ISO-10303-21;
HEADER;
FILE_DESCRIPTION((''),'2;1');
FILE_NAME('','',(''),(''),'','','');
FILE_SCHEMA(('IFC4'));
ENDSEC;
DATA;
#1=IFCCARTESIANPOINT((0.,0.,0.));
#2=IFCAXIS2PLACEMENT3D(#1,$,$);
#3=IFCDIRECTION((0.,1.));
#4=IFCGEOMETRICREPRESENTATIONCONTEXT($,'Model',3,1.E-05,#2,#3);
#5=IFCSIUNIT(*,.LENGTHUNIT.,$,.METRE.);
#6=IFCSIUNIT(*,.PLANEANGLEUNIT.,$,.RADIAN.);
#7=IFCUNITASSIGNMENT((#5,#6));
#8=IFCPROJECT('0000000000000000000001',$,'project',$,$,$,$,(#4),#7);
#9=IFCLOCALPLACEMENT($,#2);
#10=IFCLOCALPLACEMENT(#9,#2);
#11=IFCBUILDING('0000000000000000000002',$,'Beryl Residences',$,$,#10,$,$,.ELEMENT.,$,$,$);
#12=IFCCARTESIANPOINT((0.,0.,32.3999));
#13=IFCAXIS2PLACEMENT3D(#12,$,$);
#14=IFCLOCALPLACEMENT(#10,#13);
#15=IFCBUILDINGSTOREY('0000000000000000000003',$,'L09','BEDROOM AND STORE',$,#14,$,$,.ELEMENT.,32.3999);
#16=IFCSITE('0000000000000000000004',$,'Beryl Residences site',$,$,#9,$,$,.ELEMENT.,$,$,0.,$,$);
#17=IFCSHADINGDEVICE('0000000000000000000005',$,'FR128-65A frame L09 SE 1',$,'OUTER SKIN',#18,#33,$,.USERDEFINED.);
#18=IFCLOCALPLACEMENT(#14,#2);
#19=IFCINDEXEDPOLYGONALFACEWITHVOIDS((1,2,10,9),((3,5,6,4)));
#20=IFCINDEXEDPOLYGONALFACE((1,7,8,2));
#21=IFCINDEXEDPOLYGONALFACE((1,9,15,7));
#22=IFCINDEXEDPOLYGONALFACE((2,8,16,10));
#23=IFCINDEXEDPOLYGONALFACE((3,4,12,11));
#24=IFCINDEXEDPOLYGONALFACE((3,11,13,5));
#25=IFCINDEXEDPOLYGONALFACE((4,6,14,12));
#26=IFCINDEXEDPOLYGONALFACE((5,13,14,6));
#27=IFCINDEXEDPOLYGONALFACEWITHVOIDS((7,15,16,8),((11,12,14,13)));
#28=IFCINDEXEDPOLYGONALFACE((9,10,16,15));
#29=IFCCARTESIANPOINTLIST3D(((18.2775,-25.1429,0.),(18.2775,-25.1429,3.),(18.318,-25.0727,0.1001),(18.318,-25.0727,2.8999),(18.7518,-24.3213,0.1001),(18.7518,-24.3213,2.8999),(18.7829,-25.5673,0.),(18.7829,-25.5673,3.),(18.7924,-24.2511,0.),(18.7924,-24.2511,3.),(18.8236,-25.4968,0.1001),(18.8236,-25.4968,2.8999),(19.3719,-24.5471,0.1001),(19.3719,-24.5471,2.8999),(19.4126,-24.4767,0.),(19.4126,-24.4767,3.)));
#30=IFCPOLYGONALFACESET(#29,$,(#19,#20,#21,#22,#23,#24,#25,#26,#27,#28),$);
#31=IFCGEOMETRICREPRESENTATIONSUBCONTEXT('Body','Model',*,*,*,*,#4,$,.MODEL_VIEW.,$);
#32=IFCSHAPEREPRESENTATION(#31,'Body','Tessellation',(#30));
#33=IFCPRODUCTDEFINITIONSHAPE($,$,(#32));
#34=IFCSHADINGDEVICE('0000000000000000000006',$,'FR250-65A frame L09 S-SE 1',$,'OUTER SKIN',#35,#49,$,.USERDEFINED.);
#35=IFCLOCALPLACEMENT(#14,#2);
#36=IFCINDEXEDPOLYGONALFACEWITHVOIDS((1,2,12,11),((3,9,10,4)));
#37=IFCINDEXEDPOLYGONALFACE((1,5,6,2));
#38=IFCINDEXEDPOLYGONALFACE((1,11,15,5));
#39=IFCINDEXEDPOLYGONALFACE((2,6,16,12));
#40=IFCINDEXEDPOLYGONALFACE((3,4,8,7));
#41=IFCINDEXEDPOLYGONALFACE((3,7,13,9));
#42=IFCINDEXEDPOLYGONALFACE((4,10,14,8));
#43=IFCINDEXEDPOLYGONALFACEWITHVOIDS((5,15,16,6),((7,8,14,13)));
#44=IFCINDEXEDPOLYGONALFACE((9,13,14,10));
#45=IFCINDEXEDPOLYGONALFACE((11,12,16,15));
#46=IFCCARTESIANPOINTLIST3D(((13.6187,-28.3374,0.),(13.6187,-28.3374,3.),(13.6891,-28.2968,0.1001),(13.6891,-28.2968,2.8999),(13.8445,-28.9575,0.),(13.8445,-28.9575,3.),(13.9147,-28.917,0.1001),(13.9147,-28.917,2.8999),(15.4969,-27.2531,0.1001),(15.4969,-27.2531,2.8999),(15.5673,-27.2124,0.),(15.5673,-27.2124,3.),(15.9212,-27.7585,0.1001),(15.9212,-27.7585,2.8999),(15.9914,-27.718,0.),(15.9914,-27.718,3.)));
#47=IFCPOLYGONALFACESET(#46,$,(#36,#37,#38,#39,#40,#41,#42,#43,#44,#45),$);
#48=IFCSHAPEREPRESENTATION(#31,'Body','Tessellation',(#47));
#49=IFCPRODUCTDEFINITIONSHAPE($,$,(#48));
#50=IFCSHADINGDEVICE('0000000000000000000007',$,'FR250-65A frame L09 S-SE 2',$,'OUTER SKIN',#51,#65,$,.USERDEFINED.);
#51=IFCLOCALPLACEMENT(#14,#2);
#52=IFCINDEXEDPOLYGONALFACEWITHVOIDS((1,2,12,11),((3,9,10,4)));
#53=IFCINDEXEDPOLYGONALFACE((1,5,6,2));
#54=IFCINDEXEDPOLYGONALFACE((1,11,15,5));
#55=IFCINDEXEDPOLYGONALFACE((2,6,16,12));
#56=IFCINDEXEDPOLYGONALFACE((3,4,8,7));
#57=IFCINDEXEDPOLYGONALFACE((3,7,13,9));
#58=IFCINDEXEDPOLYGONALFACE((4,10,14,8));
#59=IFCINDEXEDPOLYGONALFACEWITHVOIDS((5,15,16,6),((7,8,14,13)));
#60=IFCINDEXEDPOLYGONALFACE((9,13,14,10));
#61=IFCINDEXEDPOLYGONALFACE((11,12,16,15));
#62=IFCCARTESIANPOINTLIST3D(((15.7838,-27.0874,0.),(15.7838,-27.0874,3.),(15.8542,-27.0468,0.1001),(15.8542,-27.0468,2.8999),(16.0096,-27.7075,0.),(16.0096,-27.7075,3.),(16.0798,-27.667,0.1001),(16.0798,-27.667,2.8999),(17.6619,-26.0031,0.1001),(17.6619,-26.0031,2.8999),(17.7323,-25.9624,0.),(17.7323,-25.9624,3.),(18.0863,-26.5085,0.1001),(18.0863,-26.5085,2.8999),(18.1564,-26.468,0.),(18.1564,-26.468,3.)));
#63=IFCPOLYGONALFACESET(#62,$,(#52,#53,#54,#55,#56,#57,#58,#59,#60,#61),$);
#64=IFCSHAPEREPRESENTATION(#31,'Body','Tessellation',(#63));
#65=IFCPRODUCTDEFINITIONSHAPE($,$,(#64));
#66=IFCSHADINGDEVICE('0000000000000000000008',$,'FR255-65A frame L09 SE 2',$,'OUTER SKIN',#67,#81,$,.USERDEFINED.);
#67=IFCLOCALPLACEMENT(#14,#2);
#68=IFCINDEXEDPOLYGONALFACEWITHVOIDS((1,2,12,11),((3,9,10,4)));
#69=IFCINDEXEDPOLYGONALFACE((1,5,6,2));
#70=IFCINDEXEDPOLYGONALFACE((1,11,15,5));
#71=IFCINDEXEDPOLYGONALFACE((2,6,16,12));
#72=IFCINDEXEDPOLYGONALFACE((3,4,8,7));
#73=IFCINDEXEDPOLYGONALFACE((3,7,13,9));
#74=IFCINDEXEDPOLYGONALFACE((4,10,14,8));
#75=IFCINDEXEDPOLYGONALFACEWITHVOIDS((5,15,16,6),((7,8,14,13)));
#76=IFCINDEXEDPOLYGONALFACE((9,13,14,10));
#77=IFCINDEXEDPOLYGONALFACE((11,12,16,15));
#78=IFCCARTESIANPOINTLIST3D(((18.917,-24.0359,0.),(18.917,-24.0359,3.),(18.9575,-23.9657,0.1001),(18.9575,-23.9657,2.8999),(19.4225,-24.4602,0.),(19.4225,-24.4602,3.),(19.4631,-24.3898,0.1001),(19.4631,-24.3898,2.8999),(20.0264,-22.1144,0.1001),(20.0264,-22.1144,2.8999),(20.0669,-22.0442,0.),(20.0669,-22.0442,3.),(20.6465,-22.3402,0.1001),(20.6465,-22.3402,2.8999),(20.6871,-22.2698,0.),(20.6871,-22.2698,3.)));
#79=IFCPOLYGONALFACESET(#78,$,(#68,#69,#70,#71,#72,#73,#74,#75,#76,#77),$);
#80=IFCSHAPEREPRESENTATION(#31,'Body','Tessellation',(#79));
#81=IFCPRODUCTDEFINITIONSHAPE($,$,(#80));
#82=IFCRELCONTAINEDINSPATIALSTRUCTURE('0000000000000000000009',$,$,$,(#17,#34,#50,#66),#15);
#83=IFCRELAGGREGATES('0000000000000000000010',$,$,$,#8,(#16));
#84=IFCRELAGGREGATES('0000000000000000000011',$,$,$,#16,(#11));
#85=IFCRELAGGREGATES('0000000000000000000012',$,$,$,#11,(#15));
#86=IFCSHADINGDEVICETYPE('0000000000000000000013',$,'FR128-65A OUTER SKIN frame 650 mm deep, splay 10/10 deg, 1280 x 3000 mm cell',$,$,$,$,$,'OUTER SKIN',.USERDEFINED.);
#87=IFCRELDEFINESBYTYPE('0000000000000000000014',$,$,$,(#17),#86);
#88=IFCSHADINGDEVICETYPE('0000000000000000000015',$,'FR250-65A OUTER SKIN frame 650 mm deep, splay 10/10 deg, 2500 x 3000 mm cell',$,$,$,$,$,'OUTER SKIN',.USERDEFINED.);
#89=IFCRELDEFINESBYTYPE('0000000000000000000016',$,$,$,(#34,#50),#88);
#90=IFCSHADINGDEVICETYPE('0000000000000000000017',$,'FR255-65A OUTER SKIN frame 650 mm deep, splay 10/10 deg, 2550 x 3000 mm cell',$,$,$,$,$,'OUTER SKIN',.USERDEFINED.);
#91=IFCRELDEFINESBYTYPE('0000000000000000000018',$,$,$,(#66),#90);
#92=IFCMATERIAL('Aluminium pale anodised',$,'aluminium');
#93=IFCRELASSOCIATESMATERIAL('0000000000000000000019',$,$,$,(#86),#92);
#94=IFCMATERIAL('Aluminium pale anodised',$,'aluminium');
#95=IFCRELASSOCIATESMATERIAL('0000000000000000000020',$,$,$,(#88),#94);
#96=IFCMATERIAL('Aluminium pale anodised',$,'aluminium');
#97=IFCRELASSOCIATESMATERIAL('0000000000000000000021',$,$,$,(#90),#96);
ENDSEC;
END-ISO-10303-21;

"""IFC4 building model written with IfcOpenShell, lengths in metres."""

from ifc_helpers import new_model, entity, si_unit, direction, frame, origin, place, context, subcontext, project, spatial, source, transform, mapped, material, type_object, type_shapes, element, save


model = new_model("IFC4")

# Units and contexts
model_context = context("Model", 3, precision=1e-05, world=origin(), true_north=direction((0.0, 1.0)))
body_context = subcontext(model_context, "Body", "Model", "MODEL_VIEW")
ifc_project = project(units=[si_unit("LENGTHUNIT", "METRE"), si_unit("PLANEANGLEUNIT", "RADIAN")], contexts=[model_context])

# Site, building, storey
site_placement = place(None, origin())
site = spatial("IfcSite", under=ifc_project, at=site_placement, Name="Beryl Residences site", CompositionType="ELEMENT", RefElevation=0.0)
building_placement = place(site_placement, origin())
building = spatial("IfcBuilding", under=site, at=building_placement, Name="Beryl Residences", CompositionType="ELEMENT")
storey_placement = place(building_placement, frame((0.0, 0.0, 32.3999)))
storey = spatial("IfcBuildingStorey", under=building, at=storey_placement, Name="L09", Description="BEDROOM AND STORE", CompositionType="ELEMENT", Elevation=32.3999)

# Shading devices
ifc_material_1 = material(Name="Aluminium pale anodised", Category="aluminium")
shading_device_type_1 = type_object("IfcShadingDeviceType", Name="FR128-65A OUTER SKIN frame 650 mm deep, splay 10/10 deg, 1280 x 3000 mm cell", ElementType="OUTER SKIN", PredefinedType="USERDEFINED", material=ifc_material_1)
cartesian_point_1 = entity("IfcCartesianPoint", [-0.5149, 0.0])
cartesian_point_2 = entity("IfcCartesianPoint", [-0.4338, 0.1001])
cartesian_point_3 = entity("IfcCartesianPoint", [-0.6296, 0.0])
cartesian_point_4 = entity("IfcCartesianPoint", [-0.5483, 0.1001])
shared_shape_1 = source(origin(), body_context, "Body", "SweptSolid", [
    entity("IfcExtrudedAreaSolidTapered", entity("IfcArbitraryProfileDefWithVoids", "AREA", None, entity("IfcPolyline", [cartesian_point_1, entity("IfcCartesianPoint", [0.5149, 0.0]), entity("IfcCartesianPoint", [0.5149, 3.0]), entity("IfcCartesianPoint", [-0.5149, 3.0]), cartesian_point_1]), [entity("IfcPolyline", [cartesian_point_2, entity("IfcCartesianPoint", [0.4338, 0.1001]), entity("IfcCartesianPoint", [0.4338, 2.8999]), entity("IfcCartesianPoint", [-0.4338, 2.8999]), cartesian_point_2])]), entity("IfcAxis2Placement3D", entity("IfcCartesianPoint", [0.0, 0.0, 0.0]), entity("IfcDirection", [0.0, 1.0, 0.0]), entity("IfcDirection", [-1.0, 0.0, 0.0])), entity("IfcDirection", [0.0, 0.0, 1.0]), 0.6499, entity("IfcArbitraryProfileDefWithVoids", "AREA", None, entity("IfcPolyline", [cartesian_point_3, entity("IfcCartesianPoint", [0.6296, 0.0]), entity("IfcCartesianPoint", [0.6296, 3.0]), entity("IfcCartesianPoint", [-0.6296, 3.0]), cartesian_point_3]), [entity("IfcPolyline", [cartesian_point_4, entity("IfcCartesianPoint", [0.5483, 0.1001]), entity("IfcCartesianPoint", [0.5483, 2.8999]), entity("IfcCartesianPoint", [-0.5483, 2.8999]), cartesian_point_4])])),
])
type_shapes(shading_device_type_1, [shared_shape_1])
shading_device_1_placement = place(storey_placement, frame((18.5349, -24.697, 0.0), z_axis=(0.0, 0.0, 1.0), x_axis=(-0.5, -0.866025, 0.0)))
element("IfcShadingDevice", 1, at=shading_device_1_placement, inside=storey, type_object=shading_device_type_1, Name="FR128-65A frame L09 SE 1", ObjectType="OUTER SKIN", PredefinedType="USERDEFINED", context=body_context, shape_type="MappedRepresentation", body=[
    mapped(shared_shape_1, transform((0.0, 0.0, 0.0))),
])
ifc_material_2 = material(Name="Aluminium pale anodised", Category="aluminium")
shading_device_type_2 = type_object("IfcShadingDeviceType", Name="FR250-65A OUTER SKIN frame 650 mm deep, splay 10/10 deg, 2500 x 3000 mm cell", ElementType="OUTER SKIN", PredefinedType="USERDEFINED", material=ifc_material_2)
cartesian_point_5 = entity("IfcCartesianPoint", [-1.125, 0.0])
cartesian_point_6 = entity("IfcCartesianPoint", [-1.0437, 0.1001])
cartesian_point_7 = entity("IfcCartesianPoint", [-1.2395, 0.0])
cartesian_point_8 = entity("IfcCartesianPoint", [-1.1584, 0.1001])
shared_shape_2 = source(origin(), body_context, "Body", "SweptSolid", [
    entity("IfcExtrudedAreaSolidTapered", entity("IfcArbitraryProfileDefWithVoids", "AREA", None, entity("IfcPolyline", [cartesian_point_5, entity("IfcCartesianPoint", [1.125, 0.0]), entity("IfcCartesianPoint", [1.125, 3.0]), entity("IfcCartesianPoint", [-1.125, 3.0]), cartesian_point_5]), [entity("IfcPolyline", [cartesian_point_6, entity("IfcCartesianPoint", [1.0437, 0.1001]), entity("IfcCartesianPoint", [1.0437, 2.8999]), entity("IfcCartesianPoint", [-1.0437, 2.8999]), cartesian_point_6])]), entity("IfcAxis2Placement3D", entity("IfcCartesianPoint", [0.0, 0.0, 0.0]), entity("IfcDirection", [0.0, 1.0, 0.0]), entity("IfcDirection", [-1.0, 0.0, 0.0])), entity("IfcDirection", [0.0, 0.0, 1.0]), 0.6499, entity("IfcArbitraryProfileDefWithVoids", "AREA", None, entity("IfcPolyline", [cartesian_point_7, entity("IfcCartesianPoint", [1.2395, 0.0]), entity("IfcCartesianPoint", [1.2395, 3.0]), entity("IfcCartesianPoint", [-1.2395, 3.0]), cartesian_point_7]), [entity("IfcPolyline", [cartesian_point_8, entity("IfcCartesianPoint", [1.1584, 0.1001]), entity("IfcCartesianPoint", [1.1584, 2.8999]), entity("IfcCartesianPoint", [-1.1584, 2.8999]), cartesian_point_8])])),
])
type_shapes(shading_device_type_2, [shared_shape_2])
for number, where, z_axis, x_axis, name in (
    (2, (14.593, -27.7749, 0.0), (0.0, 0.0, 1.0), (-0.866025, -0.5, 0.0), "FR250-65A frame L09 S-SE 1"),
    (3, (16.7581, -26.5249, 0.0), (0.0, 0.0, 1.0), (-0.866025, -0.5, 0.0), "FR250-65A frame L09 S-SE 2"),
):
    element("IfcShadingDevice", number, at=place(storey_placement, frame(where, z_axis=z_axis, x_axis=x_axis)), inside=storey, type_object=shading_device_type_2, Name=name, ObjectType="OUTER SKIN", PredefinedType="USERDEFINED", context=body_context, shape_type="MappedRepresentation", body=[
        mapped(shared_shape_2, transform((0.0, 0.0, 0.0))),
    ])
ifc_material_3 = material(Name="Aluminium pale anodised", Category="aluminium")
shading_device_type_3 = type_object("IfcShadingDeviceType", Name="FR255-65A OUTER SKIN frame 650 mm deep, splay 10/10 deg, 2550 x 3000 mm cell", ElementType="OUTER SKIN", PredefinedType="USERDEFINED", material=ifc_material_3)
cartesian_point_9 = entity("IfcCartesianPoint", [-1.1499, 0.0])
cartesian_point_10 = entity("IfcCartesianPoint", [-1.0688, 0.1001])
cartesian_point_11 = entity("IfcCartesianPoint", [-1.2646, 0.0])
cartesian_point_12 = entity("IfcCartesianPoint", [-1.1833, 0.1001])
shared_shape_3 = source(origin(), body_context, "Body", "SweptSolid", [
    entity("IfcExtrudedAreaSolidTapered", entity("IfcArbitraryProfileDefWithVoids", "AREA", None, entity("IfcPolyline", [cartesian_point_9, entity("IfcCartesianPoint", [1.1499, 0.0]), entity("IfcCartesianPoint", [1.1499, 3.0]), entity("IfcCartesianPoint", [-1.1499, 3.0]), cartesian_point_9]), [entity("IfcPolyline", [cartesian_point_10, entity("IfcCartesianPoint", [1.0688, 0.1001]), entity("IfcCartesianPoint", [1.0688, 2.8999]), entity("IfcCartesianPoint", [-1.0688, 2.8999]), cartesian_point_10])]), entity("IfcAxis2Placement3D", entity("IfcCartesianPoint", [0.0, 0.0, 0.0]), entity("IfcDirection", [0.0, 1.0, 0.0]), entity("IfcDirection", [-1.0, 0.0, 0.0])), entity("IfcDirection", [0.0, 0.0, 1.0]), 0.6499, entity("IfcArbitraryProfileDefWithVoids", "AREA", None, entity("IfcPolyline", [cartesian_point_11, entity("IfcCartesianPoint", [1.2646, 0.0]), entity("IfcCartesianPoint", [1.2646, 3.0]), entity("IfcCartesianPoint", [-1.2646, 3.0]), cartesian_point_11]), [entity("IfcPolyline", [cartesian_point_12, entity("IfcCartesianPoint", [1.1833, 0.1001]), entity("IfcCartesianPoint", [1.1833, 2.8999]), entity("IfcCartesianPoint", [-1.1833, 2.8999]), cartesian_point_12])])),
])
type_shapes(shading_device_type_3, [shared_shape_3])
shading_device_2_placement = place(storey_placement, frame((19.4919, -23.04, 0.0), z_axis=(0.0, 0.0, 1.0), x_axis=(-0.5, -0.866025, 0.0)))
element("IfcShadingDevice", 4, at=shading_device_2_placement, inside=storey, type_object=shading_device_type_3, Name="FR255-65A frame L09 SE 2", ObjectType="OUTER SKIN", PredefinedType="USERDEFINED", context=body_context, shape_type="MappedRepresentation", body=[
    mapped(shared_shape_3, transform((0.0, 0.0, 0.0))),
])

save(model, "model.ifc")
